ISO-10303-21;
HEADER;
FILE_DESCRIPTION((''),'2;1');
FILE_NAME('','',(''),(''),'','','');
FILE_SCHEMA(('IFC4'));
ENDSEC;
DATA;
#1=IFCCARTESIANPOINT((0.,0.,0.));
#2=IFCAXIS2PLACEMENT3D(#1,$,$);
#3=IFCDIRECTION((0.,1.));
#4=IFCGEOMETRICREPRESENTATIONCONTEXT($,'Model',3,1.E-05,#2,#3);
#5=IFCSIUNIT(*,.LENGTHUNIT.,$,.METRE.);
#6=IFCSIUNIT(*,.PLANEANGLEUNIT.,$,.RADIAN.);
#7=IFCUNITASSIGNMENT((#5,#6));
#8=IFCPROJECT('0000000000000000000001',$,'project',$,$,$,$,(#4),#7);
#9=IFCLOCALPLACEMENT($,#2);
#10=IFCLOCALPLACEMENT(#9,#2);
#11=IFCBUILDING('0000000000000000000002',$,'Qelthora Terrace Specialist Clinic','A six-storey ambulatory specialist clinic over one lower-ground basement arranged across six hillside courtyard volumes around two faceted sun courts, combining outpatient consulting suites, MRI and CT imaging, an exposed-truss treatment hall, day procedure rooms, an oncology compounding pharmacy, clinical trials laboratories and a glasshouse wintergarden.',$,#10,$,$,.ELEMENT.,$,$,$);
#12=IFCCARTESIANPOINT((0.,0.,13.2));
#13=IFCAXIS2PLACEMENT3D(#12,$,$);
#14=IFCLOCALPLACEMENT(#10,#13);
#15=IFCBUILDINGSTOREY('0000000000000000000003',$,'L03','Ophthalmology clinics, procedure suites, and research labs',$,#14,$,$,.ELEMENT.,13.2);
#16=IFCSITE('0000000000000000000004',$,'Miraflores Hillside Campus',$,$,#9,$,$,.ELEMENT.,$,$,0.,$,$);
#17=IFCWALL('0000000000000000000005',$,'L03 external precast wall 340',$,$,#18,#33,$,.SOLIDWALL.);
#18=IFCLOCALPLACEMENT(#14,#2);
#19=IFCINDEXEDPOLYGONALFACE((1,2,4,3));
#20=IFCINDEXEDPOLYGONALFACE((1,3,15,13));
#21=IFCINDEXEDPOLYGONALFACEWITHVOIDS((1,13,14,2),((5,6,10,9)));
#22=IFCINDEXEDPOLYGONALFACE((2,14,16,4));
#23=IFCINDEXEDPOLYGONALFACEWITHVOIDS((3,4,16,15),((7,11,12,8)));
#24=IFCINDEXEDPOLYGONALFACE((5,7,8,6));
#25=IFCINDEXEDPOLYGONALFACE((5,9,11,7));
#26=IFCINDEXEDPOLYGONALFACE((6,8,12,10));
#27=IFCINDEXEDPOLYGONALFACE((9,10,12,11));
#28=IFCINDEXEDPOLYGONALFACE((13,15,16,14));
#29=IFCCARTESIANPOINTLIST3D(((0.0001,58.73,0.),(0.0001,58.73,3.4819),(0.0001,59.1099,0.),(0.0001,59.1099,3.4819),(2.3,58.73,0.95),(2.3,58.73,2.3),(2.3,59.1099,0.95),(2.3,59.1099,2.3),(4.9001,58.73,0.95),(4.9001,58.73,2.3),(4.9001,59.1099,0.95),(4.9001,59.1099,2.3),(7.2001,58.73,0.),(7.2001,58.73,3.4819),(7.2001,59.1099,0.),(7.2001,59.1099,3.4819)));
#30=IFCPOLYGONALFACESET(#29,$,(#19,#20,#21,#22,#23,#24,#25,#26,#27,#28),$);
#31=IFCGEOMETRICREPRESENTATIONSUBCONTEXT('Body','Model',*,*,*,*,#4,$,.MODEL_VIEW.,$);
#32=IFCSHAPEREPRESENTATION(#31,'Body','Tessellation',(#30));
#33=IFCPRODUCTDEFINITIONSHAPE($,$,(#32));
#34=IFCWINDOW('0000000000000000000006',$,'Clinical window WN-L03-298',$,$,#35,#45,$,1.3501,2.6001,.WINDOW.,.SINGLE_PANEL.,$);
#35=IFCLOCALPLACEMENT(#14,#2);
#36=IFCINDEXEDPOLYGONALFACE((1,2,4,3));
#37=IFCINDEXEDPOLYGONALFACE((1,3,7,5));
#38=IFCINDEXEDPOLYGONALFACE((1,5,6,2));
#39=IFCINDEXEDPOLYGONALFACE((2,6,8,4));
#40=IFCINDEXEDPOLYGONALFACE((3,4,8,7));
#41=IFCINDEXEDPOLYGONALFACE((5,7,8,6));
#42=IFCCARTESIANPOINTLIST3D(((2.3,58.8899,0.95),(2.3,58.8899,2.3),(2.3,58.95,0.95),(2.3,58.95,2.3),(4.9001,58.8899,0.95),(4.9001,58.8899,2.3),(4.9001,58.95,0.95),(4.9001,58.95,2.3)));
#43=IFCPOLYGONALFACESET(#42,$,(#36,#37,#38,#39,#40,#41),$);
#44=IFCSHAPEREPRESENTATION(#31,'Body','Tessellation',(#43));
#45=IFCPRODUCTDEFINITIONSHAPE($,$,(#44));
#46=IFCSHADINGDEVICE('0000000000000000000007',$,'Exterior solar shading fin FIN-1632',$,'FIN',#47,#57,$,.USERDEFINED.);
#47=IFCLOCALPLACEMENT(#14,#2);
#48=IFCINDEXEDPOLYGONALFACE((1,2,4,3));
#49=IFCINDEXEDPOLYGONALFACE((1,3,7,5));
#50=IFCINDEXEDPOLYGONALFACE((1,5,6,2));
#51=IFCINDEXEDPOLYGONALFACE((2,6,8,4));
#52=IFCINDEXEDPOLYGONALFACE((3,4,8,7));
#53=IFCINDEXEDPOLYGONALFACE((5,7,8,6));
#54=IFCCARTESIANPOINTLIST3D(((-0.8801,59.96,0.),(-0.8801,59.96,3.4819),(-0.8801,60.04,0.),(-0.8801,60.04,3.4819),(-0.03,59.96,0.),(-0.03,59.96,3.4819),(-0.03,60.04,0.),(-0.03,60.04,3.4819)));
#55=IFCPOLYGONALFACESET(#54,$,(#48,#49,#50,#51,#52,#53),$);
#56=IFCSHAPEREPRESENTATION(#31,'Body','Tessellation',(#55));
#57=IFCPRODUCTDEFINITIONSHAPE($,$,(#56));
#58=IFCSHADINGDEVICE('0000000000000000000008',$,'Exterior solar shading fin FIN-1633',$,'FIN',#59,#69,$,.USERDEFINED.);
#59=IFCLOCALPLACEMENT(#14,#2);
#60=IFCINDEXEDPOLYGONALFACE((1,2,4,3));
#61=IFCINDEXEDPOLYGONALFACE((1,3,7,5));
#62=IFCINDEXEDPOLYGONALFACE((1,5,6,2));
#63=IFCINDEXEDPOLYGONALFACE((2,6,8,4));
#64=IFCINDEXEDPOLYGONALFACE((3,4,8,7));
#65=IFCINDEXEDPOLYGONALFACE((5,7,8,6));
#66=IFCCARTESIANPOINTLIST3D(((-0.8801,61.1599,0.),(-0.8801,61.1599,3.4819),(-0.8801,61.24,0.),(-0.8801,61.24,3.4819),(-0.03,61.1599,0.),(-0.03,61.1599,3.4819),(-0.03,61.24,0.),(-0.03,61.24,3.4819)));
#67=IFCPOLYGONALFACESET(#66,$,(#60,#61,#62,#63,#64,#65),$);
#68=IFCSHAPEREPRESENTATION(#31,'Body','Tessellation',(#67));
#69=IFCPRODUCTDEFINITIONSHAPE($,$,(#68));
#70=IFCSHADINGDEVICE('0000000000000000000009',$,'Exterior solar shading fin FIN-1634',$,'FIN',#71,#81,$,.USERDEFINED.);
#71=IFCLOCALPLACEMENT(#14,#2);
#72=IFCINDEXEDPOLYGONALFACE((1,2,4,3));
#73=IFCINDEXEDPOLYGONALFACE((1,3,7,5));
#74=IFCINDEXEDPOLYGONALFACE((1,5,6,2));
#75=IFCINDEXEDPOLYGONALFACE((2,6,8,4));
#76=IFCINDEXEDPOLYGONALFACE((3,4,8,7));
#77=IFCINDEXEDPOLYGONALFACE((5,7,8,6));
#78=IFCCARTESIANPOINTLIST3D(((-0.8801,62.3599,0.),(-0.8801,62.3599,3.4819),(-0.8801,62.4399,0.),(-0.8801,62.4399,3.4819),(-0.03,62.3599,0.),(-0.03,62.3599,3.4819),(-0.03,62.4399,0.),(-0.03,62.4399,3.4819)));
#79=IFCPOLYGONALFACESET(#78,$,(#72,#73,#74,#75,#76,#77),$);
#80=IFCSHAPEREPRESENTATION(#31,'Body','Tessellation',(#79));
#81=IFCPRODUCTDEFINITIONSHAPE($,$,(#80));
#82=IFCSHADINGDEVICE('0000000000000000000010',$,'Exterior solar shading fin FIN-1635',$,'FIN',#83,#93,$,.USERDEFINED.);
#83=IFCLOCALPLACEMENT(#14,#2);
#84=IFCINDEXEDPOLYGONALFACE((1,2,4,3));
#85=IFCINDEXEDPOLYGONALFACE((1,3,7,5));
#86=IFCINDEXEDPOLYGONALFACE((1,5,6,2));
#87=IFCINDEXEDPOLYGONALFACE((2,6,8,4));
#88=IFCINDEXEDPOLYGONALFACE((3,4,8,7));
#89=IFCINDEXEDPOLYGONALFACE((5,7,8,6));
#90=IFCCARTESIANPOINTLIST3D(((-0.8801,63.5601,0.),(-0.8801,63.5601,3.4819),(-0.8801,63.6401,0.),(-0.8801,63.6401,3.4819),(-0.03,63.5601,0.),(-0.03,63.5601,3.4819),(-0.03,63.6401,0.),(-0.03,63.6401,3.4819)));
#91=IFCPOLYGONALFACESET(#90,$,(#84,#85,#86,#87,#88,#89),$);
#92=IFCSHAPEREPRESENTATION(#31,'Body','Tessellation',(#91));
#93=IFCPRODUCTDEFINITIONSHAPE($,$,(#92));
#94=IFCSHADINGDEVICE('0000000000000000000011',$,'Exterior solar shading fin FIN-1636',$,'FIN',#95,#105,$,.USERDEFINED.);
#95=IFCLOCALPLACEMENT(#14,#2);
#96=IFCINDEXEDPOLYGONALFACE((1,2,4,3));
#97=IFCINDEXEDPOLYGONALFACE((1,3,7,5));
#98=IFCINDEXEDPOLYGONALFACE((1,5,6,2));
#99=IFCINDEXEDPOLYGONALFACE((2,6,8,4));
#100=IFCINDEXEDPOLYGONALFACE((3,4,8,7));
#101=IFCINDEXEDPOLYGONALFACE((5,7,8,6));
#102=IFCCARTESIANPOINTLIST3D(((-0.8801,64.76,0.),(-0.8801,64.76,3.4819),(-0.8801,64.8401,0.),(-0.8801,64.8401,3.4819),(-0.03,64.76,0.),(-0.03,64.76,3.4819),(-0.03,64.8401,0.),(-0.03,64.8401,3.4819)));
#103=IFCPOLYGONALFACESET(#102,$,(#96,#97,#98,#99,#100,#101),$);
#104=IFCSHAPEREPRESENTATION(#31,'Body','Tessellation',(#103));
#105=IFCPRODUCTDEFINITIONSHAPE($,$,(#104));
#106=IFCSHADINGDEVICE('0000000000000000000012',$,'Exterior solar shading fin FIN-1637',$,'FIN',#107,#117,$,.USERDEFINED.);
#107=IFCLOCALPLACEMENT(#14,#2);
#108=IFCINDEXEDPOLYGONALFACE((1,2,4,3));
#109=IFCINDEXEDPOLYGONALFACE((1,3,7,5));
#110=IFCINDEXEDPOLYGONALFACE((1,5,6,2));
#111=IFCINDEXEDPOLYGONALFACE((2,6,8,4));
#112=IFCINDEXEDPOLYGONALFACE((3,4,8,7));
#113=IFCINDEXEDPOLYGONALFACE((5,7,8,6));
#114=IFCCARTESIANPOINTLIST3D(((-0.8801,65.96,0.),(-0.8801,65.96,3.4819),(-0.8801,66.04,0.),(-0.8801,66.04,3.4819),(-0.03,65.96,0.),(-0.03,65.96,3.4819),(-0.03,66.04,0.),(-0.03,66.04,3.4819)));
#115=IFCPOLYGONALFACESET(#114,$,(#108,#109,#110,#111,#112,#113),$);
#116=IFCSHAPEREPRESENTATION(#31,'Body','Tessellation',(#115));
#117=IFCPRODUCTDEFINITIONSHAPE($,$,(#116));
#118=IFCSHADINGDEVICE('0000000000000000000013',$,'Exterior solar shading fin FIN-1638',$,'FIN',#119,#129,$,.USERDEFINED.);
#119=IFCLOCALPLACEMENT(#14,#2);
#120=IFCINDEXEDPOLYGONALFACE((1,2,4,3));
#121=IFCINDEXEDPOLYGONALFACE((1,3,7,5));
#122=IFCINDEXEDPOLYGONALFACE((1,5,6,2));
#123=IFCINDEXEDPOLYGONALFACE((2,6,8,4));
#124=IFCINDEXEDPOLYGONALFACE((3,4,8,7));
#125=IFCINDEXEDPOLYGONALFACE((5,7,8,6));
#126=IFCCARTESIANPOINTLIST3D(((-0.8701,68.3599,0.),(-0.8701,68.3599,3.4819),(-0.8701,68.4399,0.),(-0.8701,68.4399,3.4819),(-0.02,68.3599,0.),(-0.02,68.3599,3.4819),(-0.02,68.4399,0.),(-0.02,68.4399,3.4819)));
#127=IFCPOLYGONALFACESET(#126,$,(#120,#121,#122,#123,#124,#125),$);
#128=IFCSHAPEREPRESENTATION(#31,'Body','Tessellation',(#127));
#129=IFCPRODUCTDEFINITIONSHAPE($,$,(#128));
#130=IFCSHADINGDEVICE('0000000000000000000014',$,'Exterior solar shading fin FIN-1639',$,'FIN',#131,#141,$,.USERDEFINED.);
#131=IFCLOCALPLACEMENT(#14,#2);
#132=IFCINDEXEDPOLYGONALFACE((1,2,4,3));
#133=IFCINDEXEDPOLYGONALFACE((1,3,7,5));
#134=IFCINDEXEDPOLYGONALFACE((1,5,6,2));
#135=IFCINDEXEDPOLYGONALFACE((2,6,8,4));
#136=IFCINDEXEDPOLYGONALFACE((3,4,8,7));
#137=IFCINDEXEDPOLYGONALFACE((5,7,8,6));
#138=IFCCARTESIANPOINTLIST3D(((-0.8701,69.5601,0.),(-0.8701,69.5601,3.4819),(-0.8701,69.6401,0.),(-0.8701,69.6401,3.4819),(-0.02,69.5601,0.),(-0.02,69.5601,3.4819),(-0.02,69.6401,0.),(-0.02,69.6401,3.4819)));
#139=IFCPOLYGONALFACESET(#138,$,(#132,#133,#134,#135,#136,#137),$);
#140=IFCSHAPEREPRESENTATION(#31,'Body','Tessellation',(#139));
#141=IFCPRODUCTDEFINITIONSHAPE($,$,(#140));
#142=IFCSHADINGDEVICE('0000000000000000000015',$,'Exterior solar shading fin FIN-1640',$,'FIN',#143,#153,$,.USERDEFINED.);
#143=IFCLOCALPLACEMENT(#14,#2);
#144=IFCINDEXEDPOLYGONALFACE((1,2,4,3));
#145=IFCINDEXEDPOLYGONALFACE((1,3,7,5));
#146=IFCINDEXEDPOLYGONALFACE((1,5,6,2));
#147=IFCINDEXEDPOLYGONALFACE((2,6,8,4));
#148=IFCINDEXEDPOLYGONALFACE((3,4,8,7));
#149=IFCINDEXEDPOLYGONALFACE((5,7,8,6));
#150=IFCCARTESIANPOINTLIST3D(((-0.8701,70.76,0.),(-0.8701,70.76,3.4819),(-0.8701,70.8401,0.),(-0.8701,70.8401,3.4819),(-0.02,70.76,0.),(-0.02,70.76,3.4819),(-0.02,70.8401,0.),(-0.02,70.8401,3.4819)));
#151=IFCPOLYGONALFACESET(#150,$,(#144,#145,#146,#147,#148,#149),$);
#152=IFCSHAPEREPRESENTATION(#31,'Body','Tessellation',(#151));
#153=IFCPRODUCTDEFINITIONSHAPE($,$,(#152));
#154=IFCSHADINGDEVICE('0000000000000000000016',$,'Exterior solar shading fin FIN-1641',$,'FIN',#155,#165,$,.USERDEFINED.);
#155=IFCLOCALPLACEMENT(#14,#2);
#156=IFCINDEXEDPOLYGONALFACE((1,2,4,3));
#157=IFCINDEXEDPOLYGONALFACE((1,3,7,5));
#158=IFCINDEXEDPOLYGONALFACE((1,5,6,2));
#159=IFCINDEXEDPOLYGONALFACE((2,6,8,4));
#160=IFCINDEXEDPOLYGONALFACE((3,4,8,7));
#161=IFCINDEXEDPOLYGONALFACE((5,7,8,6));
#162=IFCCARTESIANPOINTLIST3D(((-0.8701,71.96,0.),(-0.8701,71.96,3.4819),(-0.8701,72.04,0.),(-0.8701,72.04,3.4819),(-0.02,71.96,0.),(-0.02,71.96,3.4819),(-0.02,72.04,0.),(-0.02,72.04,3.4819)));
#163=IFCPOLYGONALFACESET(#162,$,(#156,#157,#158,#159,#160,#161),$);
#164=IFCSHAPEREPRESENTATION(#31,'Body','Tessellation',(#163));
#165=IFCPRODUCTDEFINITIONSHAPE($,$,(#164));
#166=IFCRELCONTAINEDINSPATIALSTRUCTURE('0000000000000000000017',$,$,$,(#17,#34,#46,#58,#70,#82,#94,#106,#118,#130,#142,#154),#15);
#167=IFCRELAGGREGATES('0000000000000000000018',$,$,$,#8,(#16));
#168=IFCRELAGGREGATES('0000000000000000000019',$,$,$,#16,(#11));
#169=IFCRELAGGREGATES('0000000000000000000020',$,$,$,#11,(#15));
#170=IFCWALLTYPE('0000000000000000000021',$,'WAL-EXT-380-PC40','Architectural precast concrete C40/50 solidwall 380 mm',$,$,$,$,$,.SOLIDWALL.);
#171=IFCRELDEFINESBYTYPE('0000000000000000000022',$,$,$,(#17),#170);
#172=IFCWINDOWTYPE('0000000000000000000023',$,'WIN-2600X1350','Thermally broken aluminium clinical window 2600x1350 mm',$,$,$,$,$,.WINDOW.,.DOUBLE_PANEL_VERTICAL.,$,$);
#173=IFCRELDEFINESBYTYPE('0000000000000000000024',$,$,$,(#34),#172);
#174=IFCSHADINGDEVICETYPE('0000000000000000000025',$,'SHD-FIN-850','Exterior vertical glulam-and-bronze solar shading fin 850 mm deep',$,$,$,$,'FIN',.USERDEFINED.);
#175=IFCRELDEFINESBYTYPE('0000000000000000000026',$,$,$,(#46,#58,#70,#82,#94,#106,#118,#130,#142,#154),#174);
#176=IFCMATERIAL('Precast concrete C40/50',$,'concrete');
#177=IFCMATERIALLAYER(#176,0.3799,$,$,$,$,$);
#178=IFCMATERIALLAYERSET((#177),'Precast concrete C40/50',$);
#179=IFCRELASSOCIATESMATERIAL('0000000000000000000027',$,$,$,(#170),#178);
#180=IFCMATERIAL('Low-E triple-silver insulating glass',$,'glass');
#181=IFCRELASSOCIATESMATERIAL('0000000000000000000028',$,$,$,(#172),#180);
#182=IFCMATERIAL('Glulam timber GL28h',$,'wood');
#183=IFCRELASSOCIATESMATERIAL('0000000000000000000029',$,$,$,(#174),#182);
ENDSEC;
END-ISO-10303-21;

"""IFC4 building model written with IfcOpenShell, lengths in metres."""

from ifc_helpers import new_model, si_unit, direction, frame, frame_2d, origin, origin_2d, place, context, subcontext, project, spatial, rectangle, extrude, material, layer, layer_set, type_object, element, fill, save


model = new_model("IFC4")

# Units and contexts
model_context = context("Model", 3, precision=1e-05, world=origin(), true_north=direction((0.0, 1.0)))
body_context = subcontext(model_context, "Body", "Model", "MODEL_VIEW")
ifc_project = project(units=[si_unit("LENGTHUNIT", "METRE"), si_unit("PLANEANGLEUNIT", "RADIAN")], contexts=[model_context])

# Site, building, storey
site_placement = place(None, origin())
site = spatial("IfcSite", under=ifc_project, at=site_placement, Name="Miraflores Hillside Campus", CompositionType="ELEMENT", RefElevation=0.0)
building_placement = place(site_placement, origin())
building = spatial("IfcBuilding", under=site, at=building_placement, Name="Qelthora Terrace Specialist Clinic", Description="A six-storey ambulatory specialist clinic over one lower-ground basement arranged across six hillside courtyard volumes around two faceted sun courts, combining outpatient consulting suites, MRI and CT imaging, an exposed-truss treatment hall, day procedure rooms, an oncology compounding pharmacy, clinical trials laboratories and a glasshouse wintergarden.", CompositionType="ELEMENT")
storey_placement = place(building_placement, frame((0.0, 0.0, 13.2)))
storey = spatial("IfcBuildingStorey", under=building, at=storey_placement, Name="L03", Description="Ophthalmology clinics, procedure suites, and research labs", CompositionType="ELEMENT", Elevation=13.2)

# Wall, opening, window
ifc_material_1 = material(Name="Precast concrete C40/50", Category="concrete")
ifc_material_2 = material(Name="Low-E triple-silver insulating glass", Category="glass")
ifc_layer_1 = layer(ifc_material_1, 0.3799)
ifc_layer_set_1 = layer_set([ifc_layer_1], Name="Precast concrete C40/50")
wall_type_1 = type_object("IfcWallType", Name="WAL-EXT-380-PC40", Description="Architectural precast concrete C40/50 solidwall 380 mm", PredefinedType="SOLIDWALL", material=ifc_layer_set_1)
wall_1_placement = place(storey_placement, frame((0.0, 58.9199, 0.0), z_axis=(0.0, 0.0, 1.0), x_axis=(1.0, 0.0, 0.0)))
wall_1 = element("IfcWall", 1, at=wall_1_placement, inside=storey, type_object=wall_type_1, Name="L03 external precast wall 340", PredefinedType="SOLIDWALL", context=body_context, shape_type="SweptSolid", body=[
    extrude(rectangle(XDim=7.2, YDim=0.3799, at=frame_2d((3.6001, 0.0))), origin(), (0.0, 0.0, 1.0), 3.4819),
])
opening_1_placement = place(wall_1_placement, frame((2.3, 0.0, 0.95)))
opening_1 = element("IfcOpeningElement", 2, at=opening_1_placement, cuts=wall_1, PredefinedType="OPENING", context=body_context, shape_type="SweptSolid", body=[
    extrude(rectangle(XDim=2.6001, YDim=1.3501, at=frame_2d((1.3, 0.675))), frame((0.0, 0.2, 0.0), z_axis=(0.0, -1.0, 0.0), x_axis=(1.0, 0.0, 0.0)), (0.0, 0.0, 1.0), 0.3999),
])
window_type_1 = type_object("IfcWindowType", Name="WIN-2600X1350", Description="Thermally broken aluminium clinical window 2600x1350 mm", PartitioningType="DOUBLE_PANEL_VERTICAL", PredefinedType="WINDOW", material=ifc_material_2)
window_1_placement = place(opening_1_placement, origin())
window_1 = element("IfcWindow", 3, at=window_1_placement, inside=storey, type_object=window_type_1, Name="Clinical window WN-L03-298", OverallHeight=1.3501, OverallWidth=2.6001, PartitioningType="SINGLE_PANEL", PredefinedType="WINDOW", context=body_context, shape_type="SweptSolid", body=[
    extrude(rectangle(XDim=2.6001, YDim=1.3501, at=frame_2d((1.3, 0.675))), frame((0.0, 0.03, 0.0), z_axis=(0.0, -1.0, 0.0), x_axis=(1.0, 0.0, 0.0)), (0.0, 0.0, 1.0), 0.0601),
])
fill(opening_1, window_1)

# Shading devices
ifc_material_3 = material(Name="Glulam timber GL28h", Category="wood")
shading_device_type = type_object("IfcShadingDeviceType", Name="SHD-FIN-850", Description="Exterior vertical glulam-and-bronze solar shading fin 850 mm deep", ElementType="FIN", PredefinedType="USERDEFINED", material=ifc_material_3)
for number, where, z_axis, x_axis, name in (
    (4, (-0.4551, 60.0, 0.0), (0.0, 0.0, 1.0), (-1.0, 0.0, 0.0), "Exterior solar shading fin FIN-1632"),
    (5, (-0.4551, 61.2, 0.0), (0.0, 0.0, 1.0), (-1.0, 0.0, 0.0), "Exterior solar shading fin FIN-1633"),
    (6, (-0.4551, 62.3999, 0.0), (0.0, 0.0, 1.0), (-1.0, 0.0, 0.0), "Exterior solar shading fin FIN-1634"),
    (7, (-0.4551, 63.6001, 0.0), (0.0, 0.0, 1.0), (-1.0, 0.0, 0.0), "Exterior solar shading fin FIN-1635"),
    (8, (-0.4551, 64.8, 0.0), (0.0, 0.0, 1.0), (-1.0, 0.0, 0.0), "Exterior solar shading fin FIN-1636"),
    (9, (-0.4551, 66.0, 0.0), (0.0, 0.0, 1.0), (-1.0, 0.0, 0.0), "Exterior solar shading fin FIN-1637"),
    (10, (-0.4451, 68.3999, 0.0), (0.0, 0.0, 1.0), (-1.0, 0.0, 0.0), "Exterior solar shading fin FIN-1638"),
    (11, (-0.4451, 69.6001, 0.0), (0.0, 0.0, 1.0), (-1.0, 0.0, 0.0), "Exterior solar shading fin FIN-1639"),
    (12, (-0.4451, 70.8, 0.0), (0.0, 0.0, 1.0), (-1.0, 0.0, 0.0), "Exterior solar shading fin FIN-1640"),
    (13, (-0.4451, 72.0, 0.0), (0.0, 0.0, 1.0), (-1.0, 0.0, 0.0), "Exterior solar shading fin FIN-1641"),
):
    element("IfcShadingDevice", number, at=place(storey_placement, frame(where, z_axis=z_axis, x_axis=x_axis)), inside=storey, type_object=shading_device_type, Name=name, ObjectType="FIN", PredefinedType="USERDEFINED", context=body_context, shape_type="SweptSolid", body=[
        extrude(rectangle(XDim=0.8501, YDim=0.0801, at=origin_2d()), origin(), (0.0, 0.0, 1.0), 3.4819),
    ])

save(model, "model.ifc")
